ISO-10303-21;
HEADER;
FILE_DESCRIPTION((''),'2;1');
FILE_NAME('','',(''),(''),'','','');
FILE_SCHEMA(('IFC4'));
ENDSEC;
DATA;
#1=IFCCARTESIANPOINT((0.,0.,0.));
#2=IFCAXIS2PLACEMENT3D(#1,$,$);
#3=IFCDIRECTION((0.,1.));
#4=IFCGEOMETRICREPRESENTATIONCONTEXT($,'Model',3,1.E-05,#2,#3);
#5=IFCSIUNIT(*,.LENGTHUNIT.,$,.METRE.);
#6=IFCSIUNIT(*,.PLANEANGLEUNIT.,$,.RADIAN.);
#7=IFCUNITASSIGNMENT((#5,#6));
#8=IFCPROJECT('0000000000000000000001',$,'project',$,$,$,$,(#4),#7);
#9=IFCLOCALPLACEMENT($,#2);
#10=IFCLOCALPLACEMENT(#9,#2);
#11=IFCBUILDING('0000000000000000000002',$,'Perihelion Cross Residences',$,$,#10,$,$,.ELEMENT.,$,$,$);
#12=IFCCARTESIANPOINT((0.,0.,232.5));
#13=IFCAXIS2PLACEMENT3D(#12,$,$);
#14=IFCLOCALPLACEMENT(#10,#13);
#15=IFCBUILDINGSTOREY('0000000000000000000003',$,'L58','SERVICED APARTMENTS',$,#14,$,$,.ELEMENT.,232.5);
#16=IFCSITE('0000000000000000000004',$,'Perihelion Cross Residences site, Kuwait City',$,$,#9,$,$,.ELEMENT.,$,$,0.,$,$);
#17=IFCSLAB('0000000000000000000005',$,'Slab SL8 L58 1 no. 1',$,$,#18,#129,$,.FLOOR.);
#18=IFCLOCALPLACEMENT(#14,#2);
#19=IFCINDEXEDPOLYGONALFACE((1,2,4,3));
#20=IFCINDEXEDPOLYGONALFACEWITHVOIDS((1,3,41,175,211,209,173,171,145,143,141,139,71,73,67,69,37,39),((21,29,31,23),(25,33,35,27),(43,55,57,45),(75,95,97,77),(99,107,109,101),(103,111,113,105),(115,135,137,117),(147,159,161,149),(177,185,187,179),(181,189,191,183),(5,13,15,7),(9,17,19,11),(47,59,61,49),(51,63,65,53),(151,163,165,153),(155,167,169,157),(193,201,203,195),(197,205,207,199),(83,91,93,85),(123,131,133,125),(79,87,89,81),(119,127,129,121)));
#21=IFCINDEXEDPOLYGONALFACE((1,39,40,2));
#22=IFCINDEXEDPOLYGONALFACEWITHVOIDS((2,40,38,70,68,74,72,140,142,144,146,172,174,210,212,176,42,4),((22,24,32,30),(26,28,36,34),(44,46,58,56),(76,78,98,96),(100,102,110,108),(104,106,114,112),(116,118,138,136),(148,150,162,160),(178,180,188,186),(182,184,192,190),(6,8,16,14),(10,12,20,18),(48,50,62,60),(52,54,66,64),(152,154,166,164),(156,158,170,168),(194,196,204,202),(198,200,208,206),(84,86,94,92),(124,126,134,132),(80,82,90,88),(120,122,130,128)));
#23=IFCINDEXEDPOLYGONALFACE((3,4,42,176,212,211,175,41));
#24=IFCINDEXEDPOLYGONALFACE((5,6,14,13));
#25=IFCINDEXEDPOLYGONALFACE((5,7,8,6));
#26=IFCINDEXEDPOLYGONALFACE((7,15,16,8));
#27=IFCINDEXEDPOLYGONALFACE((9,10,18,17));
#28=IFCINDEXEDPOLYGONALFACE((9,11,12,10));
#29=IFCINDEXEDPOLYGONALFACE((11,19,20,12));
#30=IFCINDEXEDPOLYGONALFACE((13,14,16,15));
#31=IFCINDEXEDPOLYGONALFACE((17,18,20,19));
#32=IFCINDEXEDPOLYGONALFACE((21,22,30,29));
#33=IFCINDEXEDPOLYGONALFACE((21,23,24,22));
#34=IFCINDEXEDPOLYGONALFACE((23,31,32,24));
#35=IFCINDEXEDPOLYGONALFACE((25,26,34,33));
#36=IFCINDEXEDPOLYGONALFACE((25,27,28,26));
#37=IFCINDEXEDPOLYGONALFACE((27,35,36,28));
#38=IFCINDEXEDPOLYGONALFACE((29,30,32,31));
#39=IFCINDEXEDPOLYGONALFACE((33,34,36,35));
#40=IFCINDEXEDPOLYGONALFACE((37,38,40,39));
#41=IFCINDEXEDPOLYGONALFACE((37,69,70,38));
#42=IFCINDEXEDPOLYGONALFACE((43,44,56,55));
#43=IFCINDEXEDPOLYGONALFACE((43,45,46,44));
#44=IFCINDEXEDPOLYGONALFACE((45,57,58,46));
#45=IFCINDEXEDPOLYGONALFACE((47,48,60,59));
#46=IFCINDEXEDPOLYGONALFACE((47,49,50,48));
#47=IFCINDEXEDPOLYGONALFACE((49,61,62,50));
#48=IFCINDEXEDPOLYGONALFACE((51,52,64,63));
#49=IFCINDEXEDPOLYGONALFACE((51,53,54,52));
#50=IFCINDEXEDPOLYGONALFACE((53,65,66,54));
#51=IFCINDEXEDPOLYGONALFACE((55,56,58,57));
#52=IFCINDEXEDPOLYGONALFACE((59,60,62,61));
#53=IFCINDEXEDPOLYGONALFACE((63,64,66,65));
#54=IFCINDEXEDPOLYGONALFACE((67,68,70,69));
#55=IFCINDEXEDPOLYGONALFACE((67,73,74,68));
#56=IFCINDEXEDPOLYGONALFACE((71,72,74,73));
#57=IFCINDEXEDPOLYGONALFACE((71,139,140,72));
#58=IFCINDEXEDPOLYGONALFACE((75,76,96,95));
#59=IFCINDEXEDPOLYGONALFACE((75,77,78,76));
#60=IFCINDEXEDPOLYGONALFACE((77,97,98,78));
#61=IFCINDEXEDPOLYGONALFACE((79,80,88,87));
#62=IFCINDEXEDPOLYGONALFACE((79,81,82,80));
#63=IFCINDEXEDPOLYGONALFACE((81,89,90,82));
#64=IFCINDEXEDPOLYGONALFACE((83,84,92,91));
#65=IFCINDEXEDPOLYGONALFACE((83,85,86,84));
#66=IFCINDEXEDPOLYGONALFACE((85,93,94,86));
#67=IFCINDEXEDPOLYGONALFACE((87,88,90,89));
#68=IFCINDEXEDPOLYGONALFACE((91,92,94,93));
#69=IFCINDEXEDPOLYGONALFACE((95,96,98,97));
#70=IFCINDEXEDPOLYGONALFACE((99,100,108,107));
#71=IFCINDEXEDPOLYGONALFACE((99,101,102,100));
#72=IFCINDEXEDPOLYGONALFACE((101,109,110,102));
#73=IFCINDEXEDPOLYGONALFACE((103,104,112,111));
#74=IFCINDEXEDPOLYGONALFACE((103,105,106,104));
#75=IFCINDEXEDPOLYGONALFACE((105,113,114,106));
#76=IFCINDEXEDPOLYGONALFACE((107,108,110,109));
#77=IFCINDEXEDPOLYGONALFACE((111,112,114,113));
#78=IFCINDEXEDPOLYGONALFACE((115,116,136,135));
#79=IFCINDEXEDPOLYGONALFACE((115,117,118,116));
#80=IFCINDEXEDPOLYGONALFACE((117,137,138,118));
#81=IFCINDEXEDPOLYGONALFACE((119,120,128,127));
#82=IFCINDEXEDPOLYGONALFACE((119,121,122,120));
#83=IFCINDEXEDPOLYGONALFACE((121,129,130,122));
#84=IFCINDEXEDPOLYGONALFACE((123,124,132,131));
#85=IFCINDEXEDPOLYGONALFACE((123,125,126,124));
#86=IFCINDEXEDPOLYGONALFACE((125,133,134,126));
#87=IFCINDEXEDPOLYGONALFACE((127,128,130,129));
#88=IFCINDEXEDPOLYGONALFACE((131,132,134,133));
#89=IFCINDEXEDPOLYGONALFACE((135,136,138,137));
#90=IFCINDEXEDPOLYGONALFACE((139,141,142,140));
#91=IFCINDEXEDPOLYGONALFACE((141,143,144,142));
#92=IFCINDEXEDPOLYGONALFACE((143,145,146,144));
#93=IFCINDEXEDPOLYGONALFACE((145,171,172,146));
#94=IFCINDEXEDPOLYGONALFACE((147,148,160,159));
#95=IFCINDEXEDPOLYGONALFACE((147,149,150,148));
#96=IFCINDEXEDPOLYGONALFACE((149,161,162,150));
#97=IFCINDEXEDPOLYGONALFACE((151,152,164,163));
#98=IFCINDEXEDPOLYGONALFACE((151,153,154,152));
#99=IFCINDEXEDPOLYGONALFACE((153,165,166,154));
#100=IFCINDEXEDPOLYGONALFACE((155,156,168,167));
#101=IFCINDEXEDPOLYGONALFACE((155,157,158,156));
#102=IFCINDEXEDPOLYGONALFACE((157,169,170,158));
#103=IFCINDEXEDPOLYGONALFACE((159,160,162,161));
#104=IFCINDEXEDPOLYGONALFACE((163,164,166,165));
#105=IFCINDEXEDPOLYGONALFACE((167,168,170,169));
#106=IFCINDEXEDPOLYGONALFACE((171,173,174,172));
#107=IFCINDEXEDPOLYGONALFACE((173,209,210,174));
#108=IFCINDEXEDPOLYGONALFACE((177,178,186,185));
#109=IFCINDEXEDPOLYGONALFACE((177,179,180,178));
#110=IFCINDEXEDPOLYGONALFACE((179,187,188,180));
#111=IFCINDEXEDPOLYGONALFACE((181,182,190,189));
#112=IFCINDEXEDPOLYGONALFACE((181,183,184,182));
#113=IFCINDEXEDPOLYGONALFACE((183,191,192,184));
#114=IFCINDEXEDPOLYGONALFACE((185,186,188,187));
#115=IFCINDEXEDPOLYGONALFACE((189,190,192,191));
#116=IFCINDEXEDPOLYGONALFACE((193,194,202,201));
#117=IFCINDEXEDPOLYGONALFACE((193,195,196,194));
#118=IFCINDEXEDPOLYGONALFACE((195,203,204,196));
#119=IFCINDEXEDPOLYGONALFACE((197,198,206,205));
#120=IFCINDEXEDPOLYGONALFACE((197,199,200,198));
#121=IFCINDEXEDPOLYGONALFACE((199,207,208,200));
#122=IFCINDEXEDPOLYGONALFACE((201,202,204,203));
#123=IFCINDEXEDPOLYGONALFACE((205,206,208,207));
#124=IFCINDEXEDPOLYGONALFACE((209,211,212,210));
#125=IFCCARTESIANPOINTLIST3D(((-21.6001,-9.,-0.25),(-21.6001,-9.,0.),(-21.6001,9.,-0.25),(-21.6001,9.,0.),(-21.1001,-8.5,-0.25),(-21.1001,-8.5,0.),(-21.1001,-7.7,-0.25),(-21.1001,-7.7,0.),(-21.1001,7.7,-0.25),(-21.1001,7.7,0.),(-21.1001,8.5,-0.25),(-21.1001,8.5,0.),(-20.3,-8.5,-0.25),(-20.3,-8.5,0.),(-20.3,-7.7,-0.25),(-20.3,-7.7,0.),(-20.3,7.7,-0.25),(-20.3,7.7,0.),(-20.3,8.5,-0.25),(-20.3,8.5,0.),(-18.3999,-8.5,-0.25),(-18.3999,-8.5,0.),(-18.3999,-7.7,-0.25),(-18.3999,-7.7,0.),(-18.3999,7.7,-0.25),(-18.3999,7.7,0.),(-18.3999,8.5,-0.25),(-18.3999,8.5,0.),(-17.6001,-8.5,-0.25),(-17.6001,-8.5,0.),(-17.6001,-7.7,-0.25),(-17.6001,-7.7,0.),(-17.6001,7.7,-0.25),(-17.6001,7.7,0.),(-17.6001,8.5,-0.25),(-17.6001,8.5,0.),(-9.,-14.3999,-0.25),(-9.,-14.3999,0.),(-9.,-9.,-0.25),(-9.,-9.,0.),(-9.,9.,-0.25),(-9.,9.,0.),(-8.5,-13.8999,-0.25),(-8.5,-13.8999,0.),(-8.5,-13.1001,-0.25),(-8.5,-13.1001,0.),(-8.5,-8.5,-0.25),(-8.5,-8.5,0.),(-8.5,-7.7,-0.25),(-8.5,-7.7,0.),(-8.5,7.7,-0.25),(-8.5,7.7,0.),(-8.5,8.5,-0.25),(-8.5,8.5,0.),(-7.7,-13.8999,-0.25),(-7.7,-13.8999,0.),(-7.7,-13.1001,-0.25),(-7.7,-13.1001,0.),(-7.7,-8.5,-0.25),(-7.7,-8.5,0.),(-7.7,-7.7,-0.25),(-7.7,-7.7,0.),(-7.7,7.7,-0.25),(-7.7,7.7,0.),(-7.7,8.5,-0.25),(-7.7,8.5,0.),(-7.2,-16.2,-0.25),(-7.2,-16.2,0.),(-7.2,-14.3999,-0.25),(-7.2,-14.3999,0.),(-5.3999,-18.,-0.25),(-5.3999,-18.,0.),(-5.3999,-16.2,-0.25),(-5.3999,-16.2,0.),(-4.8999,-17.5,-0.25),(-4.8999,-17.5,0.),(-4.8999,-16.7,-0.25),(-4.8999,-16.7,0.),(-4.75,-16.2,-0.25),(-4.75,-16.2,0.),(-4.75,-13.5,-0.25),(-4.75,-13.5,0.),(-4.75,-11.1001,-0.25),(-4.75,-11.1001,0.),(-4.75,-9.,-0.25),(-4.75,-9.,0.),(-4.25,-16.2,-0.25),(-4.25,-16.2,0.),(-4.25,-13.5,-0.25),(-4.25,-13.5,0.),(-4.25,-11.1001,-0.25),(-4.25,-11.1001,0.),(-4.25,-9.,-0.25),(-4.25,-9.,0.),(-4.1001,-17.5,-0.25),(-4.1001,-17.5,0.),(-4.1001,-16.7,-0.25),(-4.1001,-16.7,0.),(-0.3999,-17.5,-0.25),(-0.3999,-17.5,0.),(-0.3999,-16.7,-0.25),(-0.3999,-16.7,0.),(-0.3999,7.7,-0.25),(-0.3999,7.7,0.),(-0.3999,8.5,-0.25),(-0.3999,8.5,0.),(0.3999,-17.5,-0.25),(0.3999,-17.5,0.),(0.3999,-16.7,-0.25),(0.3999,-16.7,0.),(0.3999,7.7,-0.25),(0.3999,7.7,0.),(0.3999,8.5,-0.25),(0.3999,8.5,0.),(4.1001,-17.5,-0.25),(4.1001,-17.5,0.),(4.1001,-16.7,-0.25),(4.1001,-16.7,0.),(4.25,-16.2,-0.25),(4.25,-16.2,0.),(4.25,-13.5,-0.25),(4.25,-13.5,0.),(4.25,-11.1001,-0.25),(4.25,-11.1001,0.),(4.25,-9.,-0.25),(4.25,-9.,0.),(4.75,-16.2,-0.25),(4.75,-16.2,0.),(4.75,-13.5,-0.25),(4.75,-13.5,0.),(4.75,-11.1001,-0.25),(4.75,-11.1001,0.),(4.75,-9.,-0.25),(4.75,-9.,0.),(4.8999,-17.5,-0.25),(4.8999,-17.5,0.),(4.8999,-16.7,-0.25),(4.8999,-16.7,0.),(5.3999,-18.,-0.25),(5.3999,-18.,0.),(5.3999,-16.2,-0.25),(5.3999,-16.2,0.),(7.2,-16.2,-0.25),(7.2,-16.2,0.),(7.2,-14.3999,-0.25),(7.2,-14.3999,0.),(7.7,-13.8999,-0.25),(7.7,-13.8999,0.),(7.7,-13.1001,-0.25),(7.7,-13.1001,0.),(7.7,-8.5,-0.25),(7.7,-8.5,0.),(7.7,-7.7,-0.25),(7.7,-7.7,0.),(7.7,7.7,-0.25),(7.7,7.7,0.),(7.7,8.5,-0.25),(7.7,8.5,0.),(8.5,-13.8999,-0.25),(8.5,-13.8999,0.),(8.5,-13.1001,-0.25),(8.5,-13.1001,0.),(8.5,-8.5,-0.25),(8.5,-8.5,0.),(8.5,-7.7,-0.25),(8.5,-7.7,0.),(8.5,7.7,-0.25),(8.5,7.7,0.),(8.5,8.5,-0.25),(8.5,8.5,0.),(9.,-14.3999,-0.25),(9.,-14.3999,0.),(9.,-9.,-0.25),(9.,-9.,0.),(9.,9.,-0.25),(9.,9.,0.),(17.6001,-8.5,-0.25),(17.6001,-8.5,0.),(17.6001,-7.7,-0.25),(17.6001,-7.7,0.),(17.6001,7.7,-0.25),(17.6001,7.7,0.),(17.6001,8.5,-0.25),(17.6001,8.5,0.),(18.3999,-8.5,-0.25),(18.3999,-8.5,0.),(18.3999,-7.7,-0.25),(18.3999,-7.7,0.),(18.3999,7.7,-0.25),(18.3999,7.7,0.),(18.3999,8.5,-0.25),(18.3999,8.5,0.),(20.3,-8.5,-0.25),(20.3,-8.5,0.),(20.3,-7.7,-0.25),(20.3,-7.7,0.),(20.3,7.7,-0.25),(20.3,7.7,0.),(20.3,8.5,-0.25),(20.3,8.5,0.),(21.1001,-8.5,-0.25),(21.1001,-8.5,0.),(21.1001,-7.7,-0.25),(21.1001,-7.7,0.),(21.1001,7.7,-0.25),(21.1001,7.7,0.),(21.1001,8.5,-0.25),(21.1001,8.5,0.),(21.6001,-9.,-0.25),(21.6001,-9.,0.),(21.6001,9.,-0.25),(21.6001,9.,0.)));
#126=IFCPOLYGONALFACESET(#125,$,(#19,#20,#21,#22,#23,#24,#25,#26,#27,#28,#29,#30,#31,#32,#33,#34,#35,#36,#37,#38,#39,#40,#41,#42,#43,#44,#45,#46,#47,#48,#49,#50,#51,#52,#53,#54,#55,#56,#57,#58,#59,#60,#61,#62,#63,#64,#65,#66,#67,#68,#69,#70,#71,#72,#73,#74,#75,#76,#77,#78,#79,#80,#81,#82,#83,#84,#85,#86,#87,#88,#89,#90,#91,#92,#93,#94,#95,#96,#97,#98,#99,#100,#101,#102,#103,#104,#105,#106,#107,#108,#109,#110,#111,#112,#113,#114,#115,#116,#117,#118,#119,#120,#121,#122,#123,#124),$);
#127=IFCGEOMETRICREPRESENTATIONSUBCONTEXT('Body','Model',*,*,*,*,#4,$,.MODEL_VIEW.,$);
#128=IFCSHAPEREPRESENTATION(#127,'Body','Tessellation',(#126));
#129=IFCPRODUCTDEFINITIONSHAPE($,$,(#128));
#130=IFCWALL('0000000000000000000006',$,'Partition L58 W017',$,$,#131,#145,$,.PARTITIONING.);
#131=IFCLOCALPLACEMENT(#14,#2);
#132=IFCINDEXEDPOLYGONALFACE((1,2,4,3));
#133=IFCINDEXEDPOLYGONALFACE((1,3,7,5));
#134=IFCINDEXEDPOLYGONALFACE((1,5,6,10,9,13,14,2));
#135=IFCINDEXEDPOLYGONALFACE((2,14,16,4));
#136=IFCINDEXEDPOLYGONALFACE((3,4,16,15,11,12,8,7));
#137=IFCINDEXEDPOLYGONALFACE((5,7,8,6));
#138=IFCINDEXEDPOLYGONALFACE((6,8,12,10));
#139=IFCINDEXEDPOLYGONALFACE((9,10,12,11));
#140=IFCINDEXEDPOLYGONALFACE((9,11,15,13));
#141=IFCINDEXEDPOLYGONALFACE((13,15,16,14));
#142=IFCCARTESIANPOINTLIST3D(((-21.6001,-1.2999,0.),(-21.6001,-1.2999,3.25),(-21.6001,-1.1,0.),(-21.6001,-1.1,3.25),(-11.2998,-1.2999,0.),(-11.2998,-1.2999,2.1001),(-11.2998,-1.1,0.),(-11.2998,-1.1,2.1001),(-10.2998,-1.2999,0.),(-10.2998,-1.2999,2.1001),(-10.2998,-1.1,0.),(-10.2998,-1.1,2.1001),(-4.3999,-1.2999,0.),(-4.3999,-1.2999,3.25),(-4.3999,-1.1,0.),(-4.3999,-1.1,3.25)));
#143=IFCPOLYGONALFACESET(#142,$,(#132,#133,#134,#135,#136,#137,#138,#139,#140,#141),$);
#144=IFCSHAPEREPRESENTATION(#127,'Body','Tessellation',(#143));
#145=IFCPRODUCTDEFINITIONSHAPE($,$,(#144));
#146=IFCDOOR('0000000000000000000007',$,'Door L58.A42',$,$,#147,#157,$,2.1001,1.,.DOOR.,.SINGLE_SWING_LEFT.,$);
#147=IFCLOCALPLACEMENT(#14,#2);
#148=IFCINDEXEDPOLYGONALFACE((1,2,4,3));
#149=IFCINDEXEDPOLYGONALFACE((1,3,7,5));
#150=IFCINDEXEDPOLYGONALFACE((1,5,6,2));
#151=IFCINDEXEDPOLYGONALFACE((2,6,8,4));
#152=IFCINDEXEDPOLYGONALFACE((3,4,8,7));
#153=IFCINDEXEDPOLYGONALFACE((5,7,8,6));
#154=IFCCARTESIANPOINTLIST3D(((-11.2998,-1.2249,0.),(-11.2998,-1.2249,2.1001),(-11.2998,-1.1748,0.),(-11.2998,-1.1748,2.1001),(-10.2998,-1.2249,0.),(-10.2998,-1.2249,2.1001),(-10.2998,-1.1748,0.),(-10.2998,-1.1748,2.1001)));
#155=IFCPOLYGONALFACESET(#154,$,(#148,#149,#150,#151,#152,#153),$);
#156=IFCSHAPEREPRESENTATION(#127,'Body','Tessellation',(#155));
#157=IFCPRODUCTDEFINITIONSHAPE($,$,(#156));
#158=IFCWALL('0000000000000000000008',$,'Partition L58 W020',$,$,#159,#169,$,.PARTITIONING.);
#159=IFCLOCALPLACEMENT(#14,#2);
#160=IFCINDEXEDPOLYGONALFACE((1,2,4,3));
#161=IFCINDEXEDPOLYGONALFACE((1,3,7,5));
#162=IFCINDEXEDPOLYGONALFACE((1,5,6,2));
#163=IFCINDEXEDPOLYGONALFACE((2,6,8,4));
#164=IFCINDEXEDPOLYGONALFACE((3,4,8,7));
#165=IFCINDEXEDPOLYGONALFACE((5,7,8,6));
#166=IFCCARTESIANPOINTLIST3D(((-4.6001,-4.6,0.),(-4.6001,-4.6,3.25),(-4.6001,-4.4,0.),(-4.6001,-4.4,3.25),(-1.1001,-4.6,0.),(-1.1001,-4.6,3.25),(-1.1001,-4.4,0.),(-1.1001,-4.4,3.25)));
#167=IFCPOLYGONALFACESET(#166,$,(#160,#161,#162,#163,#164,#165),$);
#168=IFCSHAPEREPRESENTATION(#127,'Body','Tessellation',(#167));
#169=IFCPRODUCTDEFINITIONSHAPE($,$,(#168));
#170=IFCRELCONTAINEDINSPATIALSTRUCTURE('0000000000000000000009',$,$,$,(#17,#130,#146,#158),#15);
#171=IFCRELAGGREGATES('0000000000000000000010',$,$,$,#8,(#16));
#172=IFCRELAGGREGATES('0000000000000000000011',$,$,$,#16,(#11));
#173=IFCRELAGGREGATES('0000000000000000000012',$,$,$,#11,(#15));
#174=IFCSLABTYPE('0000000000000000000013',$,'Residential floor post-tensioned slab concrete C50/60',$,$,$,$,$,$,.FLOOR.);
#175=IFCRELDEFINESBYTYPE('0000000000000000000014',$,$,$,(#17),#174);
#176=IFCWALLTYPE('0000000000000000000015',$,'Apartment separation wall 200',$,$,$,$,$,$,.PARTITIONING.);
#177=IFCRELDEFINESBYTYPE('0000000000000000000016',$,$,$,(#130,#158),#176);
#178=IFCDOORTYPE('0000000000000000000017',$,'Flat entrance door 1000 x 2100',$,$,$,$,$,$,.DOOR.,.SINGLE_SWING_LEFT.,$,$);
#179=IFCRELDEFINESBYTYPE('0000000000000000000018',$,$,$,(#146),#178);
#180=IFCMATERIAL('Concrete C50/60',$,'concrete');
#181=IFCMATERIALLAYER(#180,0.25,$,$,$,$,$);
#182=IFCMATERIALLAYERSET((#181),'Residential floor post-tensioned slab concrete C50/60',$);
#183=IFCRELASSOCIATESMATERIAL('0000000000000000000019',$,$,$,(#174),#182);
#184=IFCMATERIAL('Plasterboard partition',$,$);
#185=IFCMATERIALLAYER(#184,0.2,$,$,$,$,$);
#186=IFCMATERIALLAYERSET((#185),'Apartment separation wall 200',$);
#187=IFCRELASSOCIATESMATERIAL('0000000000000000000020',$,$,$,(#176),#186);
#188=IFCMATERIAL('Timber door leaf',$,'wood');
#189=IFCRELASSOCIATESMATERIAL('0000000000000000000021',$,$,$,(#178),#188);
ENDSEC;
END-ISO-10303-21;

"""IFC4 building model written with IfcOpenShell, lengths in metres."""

from ifc_helpers import new_model, si_unit, direction, frame, frame_2d, origin, place, context, subcontext, project, spatial, polyline, rectangle, outline, extrude, material, layer, layer_set, type_object, element, fill, save


model = new_model("IFC4")

# Units and contexts
model_context = context("Model", 3, precision=1e-05, world=origin(), true_north=direction((0.0, 1.0)))
body_context = subcontext(model_context, "Body", "Model", "MODEL_VIEW")
ifc_project = project(units=[si_unit("LENGTHUNIT", "METRE"), si_unit("PLANEANGLEUNIT", "RADIAN")], contexts=[model_context])

# Site, building, storey
site_placement = place(None, origin())
site = spatial("IfcSite", under=ifc_project, at=site_placement, Name="Perihelion Cross Residences site, Kuwait City", CompositionType="ELEMENT", RefElevation=0.0)
building_placement = place(site_placement, origin())
building = spatial("IfcBuilding", under=site, at=building_placement, Name="Perihelion Cross Residences", CompositionType="ELEMENT")
storey_placement = place(building_placement, frame((0.0, 0.0, 232.5)))
storey = spatial("IfcBuildingStorey", under=building, at=storey_placement, Name="L58", Description="SERVICED APARTMENTS", CompositionType="ELEMENT", Elevation=232.5)

# Slab
ifc_material_1 = material(Name="Concrete C50/60", Category="concrete")
ifc_layer_1 = layer(ifc_material_1, 0.25)
ifc_layer_set_1 = layer_set([ifc_layer_1], Name="Residential floor post-tensioned slab concrete C50/60")
slab_type_1 = type_object("IfcSlabType", Name="Residential floor post-tensioned slab concrete C50/60", PredefinedType="FLOOR", material=ifc_layer_set_1)
slab_1_placement = place(storey_placement, frame((0.0, 0.0, -0.25)))
element("IfcSlab", 1, at=slab_1_placement, inside=storey, type_object=slab_type_1, Name="Slab SL8 L58 1 no. 1", PredefinedType="FLOOR", context=body_context, shape_type="SweptSolid", body=[
    extrude(outline(polyline([(-9.0, 9.0), (9.0, 9.0), (21.6001, 9.0), (21.6001, -9.0), (9.0, -9.0), (9.0, -14.3999), (7.2, -14.3999), (7.2, -16.2), (5.3999, -16.2), (5.3999, -18.0), (-5.3999, -18.0), (-5.3999, -16.2), (-7.2, -16.2), (-7.2, -14.3999), (-9.0, -14.3999), (-9.0, -9.0), (-21.6001, -9.0), (-21.6001, 9.0), (-9.0, 9.0)]), holes=[polyline([(-4.1001, -17.5), (-4.1001, -16.7), (-4.8999, -16.7), (-4.8999, -17.5), (-4.1001, -17.5)]), polyline([(-4.25, -16.2), (-4.25, -13.5), (-4.75, -13.5), (-4.75, -16.2), (-4.25, -16.2)]), polyline([(-7.7, -13.1001), (-8.5, -13.1001), (-8.5, -13.8999), (-7.7, -13.8999), (-7.7, -13.1001)]), polyline([(-4.25, -11.1001), (-4.25, -9.0), (-4.75, -9.0), (-4.75, -11.1001), (-4.25, -11.1001)]), polyline([(-20.3, -8.5), (-20.3, -7.7), (-21.1001, -7.7), (-21.1001, -8.5), (-20.3, -8.5)]), polyline([(-17.6001, -7.7), (-18.3999, -7.7), (-18.3999, -8.5), (-17.6001, -8.5), (-17.6001, -7.7)]), polyline([(-7.7, -8.5), (-7.7, -7.7), (-8.5, -7.7), (-8.5, -8.5), (-7.7, -8.5)]), polyline([(-20.3, 8.5), (-21.1001, 8.5), (-21.1001, 7.7), (-20.3, 7.7), (-20.3, 8.5)]), polyline([(-17.6001, 7.7), (-17.6001, 8.5), (-18.3999, 8.5), (-18.3999, 7.7), (-17.6001, 7.7)]), polyline([(-7.7, 7.7), (-7.7, 8.5), (-8.5, 8.5), (-8.5, 7.7), (-7.7, 7.7)]), polyline([(0.3999, 8.5), (-0.3999, 8.5), (-0.3999, 7.7), (0.3999, 7.7), (0.3999, 8.5)]), polyline([(0.3999, -17.5), (0.3999, -16.7), (-0.3999, -16.7), (-0.3999, -17.5), (0.3999, -17.5)]), polyline([(4.8999, -17.5), (4.8999, -16.7), (4.1001, -16.7), (4.1001, -17.5), (4.8999, -17.5)]), polyline([(4.75, -13.5), (4.25, -13.5), (4.25, -16.2), (4.75, -16.2), (4.75, -13.5)]), polyline([(8.5, -13.8999), (8.5, -13.1001), (7.7, -13.1001), (7.7, -13.8999), (8.5, -13.8999)]), polyline([(4.75, -11.1001), (4.75, -9.0), (4.25, -9.0), (4.25, -11.1001), (4.75, -11.1001)]), polyline([(8.5, -7.7), (7.7, -7.7), (7.7, -8.5), (8.5, -8.5), (8.5, -7.7)]), polyline([(18.3999, -8.5), (18.3999, -7.7), (17.6001, -7.7), (17.6001, -8.5), (18.3999, -8.5)]), polyline([(21.1001, -8.5), (21.1001, -7.7), (20.3, -7.7), (20.3, -8.5), (21.1001, -8.5)]), polyline([(8.5, 7.7), (8.5, 8.5), (7.7, 8.5), (7.7, 7.7), (8.5, 7.7)]), polyline([(18.3999, 7.7), (18.3999, 8.5), (17.6001, 8.5), (17.6001, 7.7), (18.3999, 7.7)]), polyline([(21.1001, 7.7), (21.1001, 8.5), (20.3, 8.5), (20.3, 7.7), (21.1001, 7.7)])]), origin(), (0.0, 0.0, 1.0), 0.25),
])

# Wall, opening, door
ifc_material_2 = material(Name="Plasterboard partition")
ifc_layer_2 = layer(ifc_material_2, 0.2)
ifc_layer_set_2 = layer_set([ifc_layer_2], Name="Apartment separation wall 200")
wall_type_1 = type_object("IfcWallType", Name="Apartment separation wall 200", PredefinedType="PARTITIONING", material=ifc_layer_set_2)
wall_1_placement = place(storey_placement, frame((-4.3999, -1.2, 0.0), z_axis=(0.0, 0.0, 1.0), x_axis=(-1.0, 0.0, 0.0)))
wall_1 = element("IfcWall", 2, at=wall_1_placement, inside=storey, type_object=wall_type_1, Name="Partition L58 W017", PredefinedType="PARTITIONING", context=body_context, shape_type="SweptSolid", body=[
    extrude(rectangle(XDim=17.2002, YDim=0.2, at=frame_2d((8.6001, 0.0))), origin(), (0.0, 0.0, 1.0), 3.25),
])
opening_1_placement = place(wall_1_placement, frame((5.8999, 0.0, 0.0)))
opening_1 = element("IfcOpeningElement", 3, at=opening_1_placement, cuts=wall_1, PredefinedType="OPENING", context=body_context, shape_type="SweptSolid", body=[
    extrude(rectangle(XDim=1.0, YDim=2.1001, at=frame_2d((0.5, 1.05))), frame((0.0, 0.1099, 0.0), z_axis=(0.0, -1.0, 0.0), x_axis=(1.0, 0.0, 0.0)), (0.0, 0.0, 1.0), 0.22),
])
ifc_material_3 = material(Name="Timber door leaf", Category="wood")
door_type_1 = type_object("IfcDoorType", Name="Flat entrance door 1000 x 2100", OperationType="SINGLE_SWING_LEFT", PredefinedType="DOOR", material=ifc_material_3)
door_1_placement = place(opening_1_placement, origin())
door_1 = element("IfcDoor", 4, at=door_1_placement, inside=storey, type_object=door_type_1, Name="Door L58.A42", OperationType="SINGLE_SWING_LEFT", OverallHeight=2.1001, OverallWidth=1.0, PredefinedType="DOOR", context=body_context, shape_type="SweptSolid", body=[
    extrude(rectangle(XDim=1.0, YDim=2.1001, at=frame_2d((0.5, 1.05))), frame((0.0, 0.0249, 0.0), z_axis=(0.0, -1.0, 0.0), x_axis=(1.0, 0.0, 0.0)), (0.0, 0.0, 1.0), 0.05),
])
fill(opening_1, door_1)

# Wall
wall_2_placement = place(storey_placement, frame((-1.1001, -4.5, 0.0), z_axis=(0.0, 0.0, 1.0), x_axis=(-1.0, 0.0, 0.0)))
element("IfcWall", 5, at=wall_2_placement, inside=storey, type_object=wall_type_1, Name="Partition L58 W020", PredefinedType="PARTITIONING", context=body_context, shape_type="SweptSolid", body=[
    extrude(rectangle(XDim=3.5, YDim=0.2, at=frame_2d((1.75, 0.0))), origin(), (0.0, 0.0, 1.0), 3.25),
])

save(model, "model.ifc")
